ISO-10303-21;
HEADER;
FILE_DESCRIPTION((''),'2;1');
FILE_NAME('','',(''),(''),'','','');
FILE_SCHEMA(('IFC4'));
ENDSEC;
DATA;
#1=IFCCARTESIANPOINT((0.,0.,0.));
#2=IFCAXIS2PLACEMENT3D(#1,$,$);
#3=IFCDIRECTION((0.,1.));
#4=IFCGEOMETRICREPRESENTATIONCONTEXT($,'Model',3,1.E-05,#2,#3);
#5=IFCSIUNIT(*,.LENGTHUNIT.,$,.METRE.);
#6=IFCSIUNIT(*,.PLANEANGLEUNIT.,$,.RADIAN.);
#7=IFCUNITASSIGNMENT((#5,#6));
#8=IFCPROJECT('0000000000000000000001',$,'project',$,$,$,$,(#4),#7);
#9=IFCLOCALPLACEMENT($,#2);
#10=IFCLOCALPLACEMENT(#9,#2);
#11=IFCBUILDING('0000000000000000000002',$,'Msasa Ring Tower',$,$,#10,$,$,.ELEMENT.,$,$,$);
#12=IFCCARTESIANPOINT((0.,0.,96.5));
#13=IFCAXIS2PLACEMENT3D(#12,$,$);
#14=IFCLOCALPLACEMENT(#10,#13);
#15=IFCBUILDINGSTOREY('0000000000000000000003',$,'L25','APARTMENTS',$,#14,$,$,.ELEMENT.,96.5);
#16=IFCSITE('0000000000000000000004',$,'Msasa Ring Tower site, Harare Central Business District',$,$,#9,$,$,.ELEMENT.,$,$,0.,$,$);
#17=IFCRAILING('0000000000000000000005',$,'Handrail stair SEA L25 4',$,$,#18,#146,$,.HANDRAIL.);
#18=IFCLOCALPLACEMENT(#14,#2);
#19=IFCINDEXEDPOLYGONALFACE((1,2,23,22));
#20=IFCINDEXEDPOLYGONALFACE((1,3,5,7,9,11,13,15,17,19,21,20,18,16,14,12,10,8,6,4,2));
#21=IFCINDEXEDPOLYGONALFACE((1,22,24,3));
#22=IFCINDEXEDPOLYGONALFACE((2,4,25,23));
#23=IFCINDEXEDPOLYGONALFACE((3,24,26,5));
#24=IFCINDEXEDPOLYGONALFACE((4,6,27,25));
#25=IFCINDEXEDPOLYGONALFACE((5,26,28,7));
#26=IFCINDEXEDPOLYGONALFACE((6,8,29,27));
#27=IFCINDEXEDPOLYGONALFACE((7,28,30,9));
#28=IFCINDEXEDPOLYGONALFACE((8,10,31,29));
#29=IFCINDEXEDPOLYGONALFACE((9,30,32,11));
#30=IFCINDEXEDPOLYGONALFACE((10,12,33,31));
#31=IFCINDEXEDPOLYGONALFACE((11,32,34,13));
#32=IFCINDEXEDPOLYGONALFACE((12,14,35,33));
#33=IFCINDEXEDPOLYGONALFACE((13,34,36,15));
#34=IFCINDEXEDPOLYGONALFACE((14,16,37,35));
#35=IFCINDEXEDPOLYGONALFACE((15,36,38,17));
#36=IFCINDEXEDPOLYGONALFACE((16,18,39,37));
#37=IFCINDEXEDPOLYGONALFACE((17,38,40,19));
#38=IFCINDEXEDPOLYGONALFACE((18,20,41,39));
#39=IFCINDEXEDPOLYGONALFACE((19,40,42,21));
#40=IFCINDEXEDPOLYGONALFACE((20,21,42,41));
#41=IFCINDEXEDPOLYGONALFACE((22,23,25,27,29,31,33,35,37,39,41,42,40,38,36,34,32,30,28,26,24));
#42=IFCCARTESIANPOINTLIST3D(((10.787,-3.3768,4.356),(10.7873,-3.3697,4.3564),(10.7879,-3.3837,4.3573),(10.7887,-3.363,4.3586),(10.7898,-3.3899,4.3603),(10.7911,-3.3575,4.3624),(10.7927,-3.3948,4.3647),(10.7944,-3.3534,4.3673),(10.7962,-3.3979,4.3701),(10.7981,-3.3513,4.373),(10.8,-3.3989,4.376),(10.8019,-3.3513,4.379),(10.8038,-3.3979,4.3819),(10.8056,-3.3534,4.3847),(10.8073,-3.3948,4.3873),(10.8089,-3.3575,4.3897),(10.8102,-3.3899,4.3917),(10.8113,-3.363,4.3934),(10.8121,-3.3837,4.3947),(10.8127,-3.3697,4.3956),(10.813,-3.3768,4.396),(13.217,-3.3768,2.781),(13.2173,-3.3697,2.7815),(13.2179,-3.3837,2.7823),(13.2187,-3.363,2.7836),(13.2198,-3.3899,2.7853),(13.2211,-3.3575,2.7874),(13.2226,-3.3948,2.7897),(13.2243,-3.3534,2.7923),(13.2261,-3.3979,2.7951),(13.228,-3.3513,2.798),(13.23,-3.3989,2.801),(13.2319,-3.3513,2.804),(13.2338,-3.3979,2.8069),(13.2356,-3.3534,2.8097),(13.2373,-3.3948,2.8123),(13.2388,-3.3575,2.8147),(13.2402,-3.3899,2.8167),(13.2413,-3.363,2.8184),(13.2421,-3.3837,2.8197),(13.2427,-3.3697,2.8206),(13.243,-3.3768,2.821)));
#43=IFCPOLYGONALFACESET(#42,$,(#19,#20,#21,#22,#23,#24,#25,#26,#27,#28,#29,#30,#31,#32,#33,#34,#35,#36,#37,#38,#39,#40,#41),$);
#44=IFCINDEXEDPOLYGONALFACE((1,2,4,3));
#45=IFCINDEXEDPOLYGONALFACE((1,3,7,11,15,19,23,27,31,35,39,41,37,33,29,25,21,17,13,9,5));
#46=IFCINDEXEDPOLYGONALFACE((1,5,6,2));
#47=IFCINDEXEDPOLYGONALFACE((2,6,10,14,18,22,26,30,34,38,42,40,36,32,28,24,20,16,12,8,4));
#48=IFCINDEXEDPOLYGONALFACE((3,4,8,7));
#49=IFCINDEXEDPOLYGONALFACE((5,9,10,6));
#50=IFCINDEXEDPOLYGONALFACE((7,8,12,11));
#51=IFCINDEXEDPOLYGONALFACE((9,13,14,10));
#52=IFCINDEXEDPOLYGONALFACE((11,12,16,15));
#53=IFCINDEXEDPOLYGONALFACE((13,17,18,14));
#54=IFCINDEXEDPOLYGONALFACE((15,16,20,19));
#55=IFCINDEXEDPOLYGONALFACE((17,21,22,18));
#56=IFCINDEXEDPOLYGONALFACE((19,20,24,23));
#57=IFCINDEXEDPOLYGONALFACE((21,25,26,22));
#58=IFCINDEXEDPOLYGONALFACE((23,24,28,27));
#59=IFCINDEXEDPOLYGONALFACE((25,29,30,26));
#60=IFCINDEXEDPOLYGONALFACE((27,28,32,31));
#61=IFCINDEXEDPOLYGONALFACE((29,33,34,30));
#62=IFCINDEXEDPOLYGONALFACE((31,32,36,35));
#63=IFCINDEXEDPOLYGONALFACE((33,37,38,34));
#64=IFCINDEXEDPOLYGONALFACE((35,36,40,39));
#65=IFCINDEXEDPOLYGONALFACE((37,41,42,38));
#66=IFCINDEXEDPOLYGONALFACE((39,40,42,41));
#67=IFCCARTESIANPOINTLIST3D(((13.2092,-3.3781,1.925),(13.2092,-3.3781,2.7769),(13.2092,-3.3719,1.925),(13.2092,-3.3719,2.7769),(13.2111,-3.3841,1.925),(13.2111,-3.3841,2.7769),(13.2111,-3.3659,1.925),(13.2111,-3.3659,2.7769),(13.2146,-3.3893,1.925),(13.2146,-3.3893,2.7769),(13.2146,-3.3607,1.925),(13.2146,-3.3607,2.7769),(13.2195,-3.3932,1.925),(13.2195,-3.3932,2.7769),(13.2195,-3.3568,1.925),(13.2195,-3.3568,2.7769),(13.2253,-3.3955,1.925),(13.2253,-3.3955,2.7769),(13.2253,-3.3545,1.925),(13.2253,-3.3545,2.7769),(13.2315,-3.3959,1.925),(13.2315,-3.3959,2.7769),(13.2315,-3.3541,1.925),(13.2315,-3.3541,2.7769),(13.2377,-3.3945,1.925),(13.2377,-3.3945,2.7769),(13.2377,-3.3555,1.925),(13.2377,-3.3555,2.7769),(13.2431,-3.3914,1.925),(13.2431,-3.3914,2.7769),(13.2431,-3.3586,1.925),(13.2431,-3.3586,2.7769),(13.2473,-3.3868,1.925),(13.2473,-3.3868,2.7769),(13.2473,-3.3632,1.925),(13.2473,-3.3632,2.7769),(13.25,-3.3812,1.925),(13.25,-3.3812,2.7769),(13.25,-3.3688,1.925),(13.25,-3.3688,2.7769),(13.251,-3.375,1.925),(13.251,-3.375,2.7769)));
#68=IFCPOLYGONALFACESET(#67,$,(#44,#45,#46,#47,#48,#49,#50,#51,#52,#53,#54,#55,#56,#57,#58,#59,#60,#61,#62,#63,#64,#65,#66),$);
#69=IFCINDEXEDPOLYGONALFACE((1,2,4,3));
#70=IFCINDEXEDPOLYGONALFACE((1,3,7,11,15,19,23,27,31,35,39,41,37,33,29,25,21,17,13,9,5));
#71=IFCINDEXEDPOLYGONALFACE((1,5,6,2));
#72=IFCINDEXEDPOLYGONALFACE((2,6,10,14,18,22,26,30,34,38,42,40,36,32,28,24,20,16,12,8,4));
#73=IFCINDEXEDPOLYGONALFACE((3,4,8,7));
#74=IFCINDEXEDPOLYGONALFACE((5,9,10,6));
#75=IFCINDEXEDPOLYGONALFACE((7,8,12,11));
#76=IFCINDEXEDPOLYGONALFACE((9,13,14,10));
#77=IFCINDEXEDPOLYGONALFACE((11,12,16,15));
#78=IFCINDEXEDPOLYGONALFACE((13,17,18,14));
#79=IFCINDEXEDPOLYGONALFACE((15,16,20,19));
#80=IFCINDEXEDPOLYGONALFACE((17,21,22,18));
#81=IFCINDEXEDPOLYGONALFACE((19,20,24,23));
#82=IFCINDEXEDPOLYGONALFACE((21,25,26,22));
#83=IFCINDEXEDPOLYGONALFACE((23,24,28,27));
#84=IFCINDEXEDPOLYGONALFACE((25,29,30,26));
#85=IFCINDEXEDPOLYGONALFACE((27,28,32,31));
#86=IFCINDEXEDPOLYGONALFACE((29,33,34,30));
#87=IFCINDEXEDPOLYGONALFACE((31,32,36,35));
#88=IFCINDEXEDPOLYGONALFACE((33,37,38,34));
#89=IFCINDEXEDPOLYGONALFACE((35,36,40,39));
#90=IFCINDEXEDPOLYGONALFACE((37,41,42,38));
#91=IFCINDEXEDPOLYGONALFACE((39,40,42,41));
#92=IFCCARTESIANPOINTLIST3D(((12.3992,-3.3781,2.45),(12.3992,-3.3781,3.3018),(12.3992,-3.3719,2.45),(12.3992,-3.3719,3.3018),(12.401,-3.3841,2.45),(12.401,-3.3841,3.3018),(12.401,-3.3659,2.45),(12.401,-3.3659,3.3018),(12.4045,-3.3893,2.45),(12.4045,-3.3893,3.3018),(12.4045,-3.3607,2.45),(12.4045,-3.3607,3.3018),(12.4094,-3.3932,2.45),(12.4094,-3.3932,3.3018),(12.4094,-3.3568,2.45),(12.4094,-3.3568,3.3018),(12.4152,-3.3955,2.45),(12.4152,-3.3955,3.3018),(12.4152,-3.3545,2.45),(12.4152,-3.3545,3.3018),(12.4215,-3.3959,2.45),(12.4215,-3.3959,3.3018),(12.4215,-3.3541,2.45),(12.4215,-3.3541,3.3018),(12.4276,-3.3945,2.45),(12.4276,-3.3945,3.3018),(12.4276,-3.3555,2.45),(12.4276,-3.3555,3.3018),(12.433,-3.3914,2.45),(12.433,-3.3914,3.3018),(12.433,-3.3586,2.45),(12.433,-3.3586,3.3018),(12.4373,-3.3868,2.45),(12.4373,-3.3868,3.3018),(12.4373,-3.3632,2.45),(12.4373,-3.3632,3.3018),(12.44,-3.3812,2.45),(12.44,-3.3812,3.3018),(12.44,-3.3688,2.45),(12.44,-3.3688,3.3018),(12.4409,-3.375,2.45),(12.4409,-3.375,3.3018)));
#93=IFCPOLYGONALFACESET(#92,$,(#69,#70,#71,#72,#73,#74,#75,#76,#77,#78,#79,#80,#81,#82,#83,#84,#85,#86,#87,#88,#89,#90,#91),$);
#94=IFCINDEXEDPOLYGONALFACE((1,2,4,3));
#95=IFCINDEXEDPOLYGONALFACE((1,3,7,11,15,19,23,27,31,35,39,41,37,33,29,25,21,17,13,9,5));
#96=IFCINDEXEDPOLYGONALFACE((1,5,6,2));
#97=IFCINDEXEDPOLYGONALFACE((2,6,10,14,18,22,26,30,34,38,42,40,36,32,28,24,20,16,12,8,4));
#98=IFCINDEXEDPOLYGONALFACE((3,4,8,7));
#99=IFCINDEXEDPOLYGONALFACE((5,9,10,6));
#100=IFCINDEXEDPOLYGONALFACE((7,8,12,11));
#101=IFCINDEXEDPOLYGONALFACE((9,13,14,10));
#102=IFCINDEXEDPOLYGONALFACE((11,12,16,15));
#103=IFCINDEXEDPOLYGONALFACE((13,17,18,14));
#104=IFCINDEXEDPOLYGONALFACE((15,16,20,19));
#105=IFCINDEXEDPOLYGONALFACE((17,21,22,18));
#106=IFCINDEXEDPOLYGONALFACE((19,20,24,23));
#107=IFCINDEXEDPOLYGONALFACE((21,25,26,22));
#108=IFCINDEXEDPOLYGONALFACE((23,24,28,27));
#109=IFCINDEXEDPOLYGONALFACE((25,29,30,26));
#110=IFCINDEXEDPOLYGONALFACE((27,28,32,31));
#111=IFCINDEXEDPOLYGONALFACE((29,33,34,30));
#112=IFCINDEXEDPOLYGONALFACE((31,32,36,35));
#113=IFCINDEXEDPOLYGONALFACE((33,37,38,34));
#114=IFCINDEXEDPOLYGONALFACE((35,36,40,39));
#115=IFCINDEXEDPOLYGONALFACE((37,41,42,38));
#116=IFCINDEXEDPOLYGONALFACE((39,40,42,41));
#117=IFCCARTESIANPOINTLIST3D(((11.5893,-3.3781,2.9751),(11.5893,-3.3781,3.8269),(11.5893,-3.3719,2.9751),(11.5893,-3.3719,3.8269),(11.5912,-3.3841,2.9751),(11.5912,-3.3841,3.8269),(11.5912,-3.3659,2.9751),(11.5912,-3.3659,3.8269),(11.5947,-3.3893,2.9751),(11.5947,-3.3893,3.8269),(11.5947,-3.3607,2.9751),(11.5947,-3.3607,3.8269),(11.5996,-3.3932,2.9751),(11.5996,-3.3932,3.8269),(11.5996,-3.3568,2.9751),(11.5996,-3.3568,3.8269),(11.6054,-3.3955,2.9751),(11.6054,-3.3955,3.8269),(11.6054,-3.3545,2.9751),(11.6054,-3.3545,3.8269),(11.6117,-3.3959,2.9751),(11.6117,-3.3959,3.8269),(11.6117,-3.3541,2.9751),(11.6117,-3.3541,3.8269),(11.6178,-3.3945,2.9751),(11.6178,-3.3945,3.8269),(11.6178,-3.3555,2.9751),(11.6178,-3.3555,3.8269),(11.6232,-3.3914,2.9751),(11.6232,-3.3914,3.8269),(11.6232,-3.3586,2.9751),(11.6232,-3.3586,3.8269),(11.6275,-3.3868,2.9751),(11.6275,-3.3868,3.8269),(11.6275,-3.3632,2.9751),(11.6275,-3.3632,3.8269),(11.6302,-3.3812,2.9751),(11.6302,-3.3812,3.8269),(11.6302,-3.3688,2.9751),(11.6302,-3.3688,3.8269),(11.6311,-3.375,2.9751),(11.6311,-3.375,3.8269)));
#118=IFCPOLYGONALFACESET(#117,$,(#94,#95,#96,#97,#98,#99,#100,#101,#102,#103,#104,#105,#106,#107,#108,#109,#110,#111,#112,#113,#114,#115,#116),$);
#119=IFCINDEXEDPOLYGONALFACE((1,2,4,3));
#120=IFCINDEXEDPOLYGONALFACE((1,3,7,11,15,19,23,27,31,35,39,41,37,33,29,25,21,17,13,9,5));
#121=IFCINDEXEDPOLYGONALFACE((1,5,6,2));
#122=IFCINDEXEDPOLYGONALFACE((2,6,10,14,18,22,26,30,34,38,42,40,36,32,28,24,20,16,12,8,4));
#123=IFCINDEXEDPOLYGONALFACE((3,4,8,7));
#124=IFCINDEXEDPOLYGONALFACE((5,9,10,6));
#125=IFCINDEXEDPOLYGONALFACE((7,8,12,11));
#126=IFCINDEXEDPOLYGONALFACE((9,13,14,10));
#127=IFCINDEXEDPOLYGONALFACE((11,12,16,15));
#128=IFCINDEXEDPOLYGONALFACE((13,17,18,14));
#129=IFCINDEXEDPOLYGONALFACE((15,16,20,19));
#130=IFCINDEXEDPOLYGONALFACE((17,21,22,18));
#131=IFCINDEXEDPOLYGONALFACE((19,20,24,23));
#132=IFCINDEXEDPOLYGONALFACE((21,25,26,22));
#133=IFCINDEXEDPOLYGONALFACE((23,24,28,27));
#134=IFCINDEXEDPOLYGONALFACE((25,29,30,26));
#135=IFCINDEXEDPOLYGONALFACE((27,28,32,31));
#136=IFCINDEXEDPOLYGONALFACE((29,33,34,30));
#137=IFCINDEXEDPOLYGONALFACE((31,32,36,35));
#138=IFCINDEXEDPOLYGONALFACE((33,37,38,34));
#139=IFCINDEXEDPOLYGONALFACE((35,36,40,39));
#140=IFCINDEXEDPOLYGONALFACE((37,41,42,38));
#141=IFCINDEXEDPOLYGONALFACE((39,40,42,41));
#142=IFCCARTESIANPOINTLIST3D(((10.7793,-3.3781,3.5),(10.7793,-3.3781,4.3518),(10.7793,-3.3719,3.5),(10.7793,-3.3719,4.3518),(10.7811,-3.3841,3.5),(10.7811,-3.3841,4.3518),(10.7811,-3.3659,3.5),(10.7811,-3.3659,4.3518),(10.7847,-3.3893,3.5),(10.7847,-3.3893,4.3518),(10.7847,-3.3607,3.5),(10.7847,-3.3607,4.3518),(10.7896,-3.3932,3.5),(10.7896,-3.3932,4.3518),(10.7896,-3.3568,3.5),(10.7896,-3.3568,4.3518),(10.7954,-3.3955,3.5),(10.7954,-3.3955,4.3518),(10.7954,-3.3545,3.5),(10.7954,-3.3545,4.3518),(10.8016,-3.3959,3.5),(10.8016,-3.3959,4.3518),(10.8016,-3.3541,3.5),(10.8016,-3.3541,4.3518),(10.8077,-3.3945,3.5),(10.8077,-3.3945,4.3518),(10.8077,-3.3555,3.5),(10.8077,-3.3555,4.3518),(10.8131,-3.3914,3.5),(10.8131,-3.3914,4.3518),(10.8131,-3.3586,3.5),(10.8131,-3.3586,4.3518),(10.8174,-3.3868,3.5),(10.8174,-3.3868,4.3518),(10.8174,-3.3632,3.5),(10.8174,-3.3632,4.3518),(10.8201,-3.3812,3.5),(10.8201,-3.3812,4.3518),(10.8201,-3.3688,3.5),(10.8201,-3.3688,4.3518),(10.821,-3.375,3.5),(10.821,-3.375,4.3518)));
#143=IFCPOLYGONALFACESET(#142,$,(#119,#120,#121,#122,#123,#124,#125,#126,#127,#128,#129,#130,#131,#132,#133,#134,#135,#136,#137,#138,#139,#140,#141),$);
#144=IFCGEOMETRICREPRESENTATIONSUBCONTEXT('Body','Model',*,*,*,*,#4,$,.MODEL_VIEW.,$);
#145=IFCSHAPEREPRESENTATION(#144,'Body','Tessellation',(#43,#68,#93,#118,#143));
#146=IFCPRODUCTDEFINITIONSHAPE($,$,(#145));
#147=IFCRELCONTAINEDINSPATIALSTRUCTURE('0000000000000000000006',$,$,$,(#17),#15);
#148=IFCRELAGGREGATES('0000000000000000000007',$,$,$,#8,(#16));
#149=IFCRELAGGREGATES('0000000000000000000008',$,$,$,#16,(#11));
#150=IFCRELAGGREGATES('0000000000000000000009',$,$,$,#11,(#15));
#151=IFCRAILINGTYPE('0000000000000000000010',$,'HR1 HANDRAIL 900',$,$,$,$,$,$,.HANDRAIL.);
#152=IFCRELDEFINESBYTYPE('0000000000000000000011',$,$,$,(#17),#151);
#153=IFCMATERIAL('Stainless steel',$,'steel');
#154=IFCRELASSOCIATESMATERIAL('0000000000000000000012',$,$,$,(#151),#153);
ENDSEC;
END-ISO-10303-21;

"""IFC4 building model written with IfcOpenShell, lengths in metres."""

from ifc_helpers import new_model, si_unit, direction, frame, origin, origin_2d, place, context, subcontext, project, spatial, circle, extrude, material, type_object, element, save


model = new_model("IFC4")

# Units and contexts
model_context = context("Model", 3, precision=1e-05, world=origin(), true_north=direction((0.0, 1.0)))
body_context = subcontext(model_context, "Body", "Model", "MODEL_VIEW")
ifc_project = project(units=[si_unit("LENGTHUNIT", "METRE"), si_unit("PLANEANGLEUNIT", "RADIAN")], contexts=[model_context])

# Site, building, storey
site_placement = place(None, origin())
site = spatial("IfcSite", under=ifc_project, at=site_placement, Name="Msasa Ring Tower site, Harare Central Business District", CompositionType="ELEMENT", RefElevation=0.0)
building_placement = place(site_placement, origin())
building = spatial("IfcBuilding", under=site, at=building_placement, Name="Msasa Ring Tower", CompositionType="ELEMENT")
storey_placement = place(building_placement, frame((0.0, 0.0, 96.5)))
storey = spatial("IfcBuildingStorey", under=building, at=storey_placement, Name="L25", Description="APARTMENTS", CompositionType="ELEMENT", Elevation=96.5)

# Railing
ifc_material_1 = material(Name="Stainless steel", Category="steel")
railing_type = type_object("IfcRailingType", Name="HR1 HANDRAIL 900", PredefinedType="HANDRAIL", material=ifc_material_1)
for number, where, name in (
    (1, (13.23, -3.375, 1.925), "Handrail stair SEA L25 4"),
):
    element("IfcRailing", number, at=place(storey_placement, frame(where)), inside=storey, type_object=railing_type, Name=name, PredefinedType="HANDRAIL", context=body_context, shape_type="SweptSolid", body=[
        extrude(circle(Radius=0.0239, at=origin_2d()), frame((0.0, 0.0, 0.876), z_axis=(-0.839154, 0.0, 0.543894), x_axis=(0.0, -1.0, 0.0)), (0.0, 0.0, 1.0), 2.8958),
        extrude(circle(Radius=0.021, at=origin_2d()), origin(), (0.0, 0.0, 1.0), 0.8518),
        extrude(circle(Radius=0.021, at=origin_2d()), frame((-0.8101, 0.0, 0.5249)), (0.0, 0.0, 1.0), 0.8518),
        extrude(circle(Radius=0.021, at=origin_2d()), frame((-1.6199, 0.0, 1.05)), (0.0, 0.0, 1.0), 0.8518),
        extrude(circle(Radius=0.021, at=origin_2d()), frame((-2.4299, 0.0, 1.575)), (0.0, 0.0, 1.0), 0.8518),
    ])

save(model, "model.ifc")
